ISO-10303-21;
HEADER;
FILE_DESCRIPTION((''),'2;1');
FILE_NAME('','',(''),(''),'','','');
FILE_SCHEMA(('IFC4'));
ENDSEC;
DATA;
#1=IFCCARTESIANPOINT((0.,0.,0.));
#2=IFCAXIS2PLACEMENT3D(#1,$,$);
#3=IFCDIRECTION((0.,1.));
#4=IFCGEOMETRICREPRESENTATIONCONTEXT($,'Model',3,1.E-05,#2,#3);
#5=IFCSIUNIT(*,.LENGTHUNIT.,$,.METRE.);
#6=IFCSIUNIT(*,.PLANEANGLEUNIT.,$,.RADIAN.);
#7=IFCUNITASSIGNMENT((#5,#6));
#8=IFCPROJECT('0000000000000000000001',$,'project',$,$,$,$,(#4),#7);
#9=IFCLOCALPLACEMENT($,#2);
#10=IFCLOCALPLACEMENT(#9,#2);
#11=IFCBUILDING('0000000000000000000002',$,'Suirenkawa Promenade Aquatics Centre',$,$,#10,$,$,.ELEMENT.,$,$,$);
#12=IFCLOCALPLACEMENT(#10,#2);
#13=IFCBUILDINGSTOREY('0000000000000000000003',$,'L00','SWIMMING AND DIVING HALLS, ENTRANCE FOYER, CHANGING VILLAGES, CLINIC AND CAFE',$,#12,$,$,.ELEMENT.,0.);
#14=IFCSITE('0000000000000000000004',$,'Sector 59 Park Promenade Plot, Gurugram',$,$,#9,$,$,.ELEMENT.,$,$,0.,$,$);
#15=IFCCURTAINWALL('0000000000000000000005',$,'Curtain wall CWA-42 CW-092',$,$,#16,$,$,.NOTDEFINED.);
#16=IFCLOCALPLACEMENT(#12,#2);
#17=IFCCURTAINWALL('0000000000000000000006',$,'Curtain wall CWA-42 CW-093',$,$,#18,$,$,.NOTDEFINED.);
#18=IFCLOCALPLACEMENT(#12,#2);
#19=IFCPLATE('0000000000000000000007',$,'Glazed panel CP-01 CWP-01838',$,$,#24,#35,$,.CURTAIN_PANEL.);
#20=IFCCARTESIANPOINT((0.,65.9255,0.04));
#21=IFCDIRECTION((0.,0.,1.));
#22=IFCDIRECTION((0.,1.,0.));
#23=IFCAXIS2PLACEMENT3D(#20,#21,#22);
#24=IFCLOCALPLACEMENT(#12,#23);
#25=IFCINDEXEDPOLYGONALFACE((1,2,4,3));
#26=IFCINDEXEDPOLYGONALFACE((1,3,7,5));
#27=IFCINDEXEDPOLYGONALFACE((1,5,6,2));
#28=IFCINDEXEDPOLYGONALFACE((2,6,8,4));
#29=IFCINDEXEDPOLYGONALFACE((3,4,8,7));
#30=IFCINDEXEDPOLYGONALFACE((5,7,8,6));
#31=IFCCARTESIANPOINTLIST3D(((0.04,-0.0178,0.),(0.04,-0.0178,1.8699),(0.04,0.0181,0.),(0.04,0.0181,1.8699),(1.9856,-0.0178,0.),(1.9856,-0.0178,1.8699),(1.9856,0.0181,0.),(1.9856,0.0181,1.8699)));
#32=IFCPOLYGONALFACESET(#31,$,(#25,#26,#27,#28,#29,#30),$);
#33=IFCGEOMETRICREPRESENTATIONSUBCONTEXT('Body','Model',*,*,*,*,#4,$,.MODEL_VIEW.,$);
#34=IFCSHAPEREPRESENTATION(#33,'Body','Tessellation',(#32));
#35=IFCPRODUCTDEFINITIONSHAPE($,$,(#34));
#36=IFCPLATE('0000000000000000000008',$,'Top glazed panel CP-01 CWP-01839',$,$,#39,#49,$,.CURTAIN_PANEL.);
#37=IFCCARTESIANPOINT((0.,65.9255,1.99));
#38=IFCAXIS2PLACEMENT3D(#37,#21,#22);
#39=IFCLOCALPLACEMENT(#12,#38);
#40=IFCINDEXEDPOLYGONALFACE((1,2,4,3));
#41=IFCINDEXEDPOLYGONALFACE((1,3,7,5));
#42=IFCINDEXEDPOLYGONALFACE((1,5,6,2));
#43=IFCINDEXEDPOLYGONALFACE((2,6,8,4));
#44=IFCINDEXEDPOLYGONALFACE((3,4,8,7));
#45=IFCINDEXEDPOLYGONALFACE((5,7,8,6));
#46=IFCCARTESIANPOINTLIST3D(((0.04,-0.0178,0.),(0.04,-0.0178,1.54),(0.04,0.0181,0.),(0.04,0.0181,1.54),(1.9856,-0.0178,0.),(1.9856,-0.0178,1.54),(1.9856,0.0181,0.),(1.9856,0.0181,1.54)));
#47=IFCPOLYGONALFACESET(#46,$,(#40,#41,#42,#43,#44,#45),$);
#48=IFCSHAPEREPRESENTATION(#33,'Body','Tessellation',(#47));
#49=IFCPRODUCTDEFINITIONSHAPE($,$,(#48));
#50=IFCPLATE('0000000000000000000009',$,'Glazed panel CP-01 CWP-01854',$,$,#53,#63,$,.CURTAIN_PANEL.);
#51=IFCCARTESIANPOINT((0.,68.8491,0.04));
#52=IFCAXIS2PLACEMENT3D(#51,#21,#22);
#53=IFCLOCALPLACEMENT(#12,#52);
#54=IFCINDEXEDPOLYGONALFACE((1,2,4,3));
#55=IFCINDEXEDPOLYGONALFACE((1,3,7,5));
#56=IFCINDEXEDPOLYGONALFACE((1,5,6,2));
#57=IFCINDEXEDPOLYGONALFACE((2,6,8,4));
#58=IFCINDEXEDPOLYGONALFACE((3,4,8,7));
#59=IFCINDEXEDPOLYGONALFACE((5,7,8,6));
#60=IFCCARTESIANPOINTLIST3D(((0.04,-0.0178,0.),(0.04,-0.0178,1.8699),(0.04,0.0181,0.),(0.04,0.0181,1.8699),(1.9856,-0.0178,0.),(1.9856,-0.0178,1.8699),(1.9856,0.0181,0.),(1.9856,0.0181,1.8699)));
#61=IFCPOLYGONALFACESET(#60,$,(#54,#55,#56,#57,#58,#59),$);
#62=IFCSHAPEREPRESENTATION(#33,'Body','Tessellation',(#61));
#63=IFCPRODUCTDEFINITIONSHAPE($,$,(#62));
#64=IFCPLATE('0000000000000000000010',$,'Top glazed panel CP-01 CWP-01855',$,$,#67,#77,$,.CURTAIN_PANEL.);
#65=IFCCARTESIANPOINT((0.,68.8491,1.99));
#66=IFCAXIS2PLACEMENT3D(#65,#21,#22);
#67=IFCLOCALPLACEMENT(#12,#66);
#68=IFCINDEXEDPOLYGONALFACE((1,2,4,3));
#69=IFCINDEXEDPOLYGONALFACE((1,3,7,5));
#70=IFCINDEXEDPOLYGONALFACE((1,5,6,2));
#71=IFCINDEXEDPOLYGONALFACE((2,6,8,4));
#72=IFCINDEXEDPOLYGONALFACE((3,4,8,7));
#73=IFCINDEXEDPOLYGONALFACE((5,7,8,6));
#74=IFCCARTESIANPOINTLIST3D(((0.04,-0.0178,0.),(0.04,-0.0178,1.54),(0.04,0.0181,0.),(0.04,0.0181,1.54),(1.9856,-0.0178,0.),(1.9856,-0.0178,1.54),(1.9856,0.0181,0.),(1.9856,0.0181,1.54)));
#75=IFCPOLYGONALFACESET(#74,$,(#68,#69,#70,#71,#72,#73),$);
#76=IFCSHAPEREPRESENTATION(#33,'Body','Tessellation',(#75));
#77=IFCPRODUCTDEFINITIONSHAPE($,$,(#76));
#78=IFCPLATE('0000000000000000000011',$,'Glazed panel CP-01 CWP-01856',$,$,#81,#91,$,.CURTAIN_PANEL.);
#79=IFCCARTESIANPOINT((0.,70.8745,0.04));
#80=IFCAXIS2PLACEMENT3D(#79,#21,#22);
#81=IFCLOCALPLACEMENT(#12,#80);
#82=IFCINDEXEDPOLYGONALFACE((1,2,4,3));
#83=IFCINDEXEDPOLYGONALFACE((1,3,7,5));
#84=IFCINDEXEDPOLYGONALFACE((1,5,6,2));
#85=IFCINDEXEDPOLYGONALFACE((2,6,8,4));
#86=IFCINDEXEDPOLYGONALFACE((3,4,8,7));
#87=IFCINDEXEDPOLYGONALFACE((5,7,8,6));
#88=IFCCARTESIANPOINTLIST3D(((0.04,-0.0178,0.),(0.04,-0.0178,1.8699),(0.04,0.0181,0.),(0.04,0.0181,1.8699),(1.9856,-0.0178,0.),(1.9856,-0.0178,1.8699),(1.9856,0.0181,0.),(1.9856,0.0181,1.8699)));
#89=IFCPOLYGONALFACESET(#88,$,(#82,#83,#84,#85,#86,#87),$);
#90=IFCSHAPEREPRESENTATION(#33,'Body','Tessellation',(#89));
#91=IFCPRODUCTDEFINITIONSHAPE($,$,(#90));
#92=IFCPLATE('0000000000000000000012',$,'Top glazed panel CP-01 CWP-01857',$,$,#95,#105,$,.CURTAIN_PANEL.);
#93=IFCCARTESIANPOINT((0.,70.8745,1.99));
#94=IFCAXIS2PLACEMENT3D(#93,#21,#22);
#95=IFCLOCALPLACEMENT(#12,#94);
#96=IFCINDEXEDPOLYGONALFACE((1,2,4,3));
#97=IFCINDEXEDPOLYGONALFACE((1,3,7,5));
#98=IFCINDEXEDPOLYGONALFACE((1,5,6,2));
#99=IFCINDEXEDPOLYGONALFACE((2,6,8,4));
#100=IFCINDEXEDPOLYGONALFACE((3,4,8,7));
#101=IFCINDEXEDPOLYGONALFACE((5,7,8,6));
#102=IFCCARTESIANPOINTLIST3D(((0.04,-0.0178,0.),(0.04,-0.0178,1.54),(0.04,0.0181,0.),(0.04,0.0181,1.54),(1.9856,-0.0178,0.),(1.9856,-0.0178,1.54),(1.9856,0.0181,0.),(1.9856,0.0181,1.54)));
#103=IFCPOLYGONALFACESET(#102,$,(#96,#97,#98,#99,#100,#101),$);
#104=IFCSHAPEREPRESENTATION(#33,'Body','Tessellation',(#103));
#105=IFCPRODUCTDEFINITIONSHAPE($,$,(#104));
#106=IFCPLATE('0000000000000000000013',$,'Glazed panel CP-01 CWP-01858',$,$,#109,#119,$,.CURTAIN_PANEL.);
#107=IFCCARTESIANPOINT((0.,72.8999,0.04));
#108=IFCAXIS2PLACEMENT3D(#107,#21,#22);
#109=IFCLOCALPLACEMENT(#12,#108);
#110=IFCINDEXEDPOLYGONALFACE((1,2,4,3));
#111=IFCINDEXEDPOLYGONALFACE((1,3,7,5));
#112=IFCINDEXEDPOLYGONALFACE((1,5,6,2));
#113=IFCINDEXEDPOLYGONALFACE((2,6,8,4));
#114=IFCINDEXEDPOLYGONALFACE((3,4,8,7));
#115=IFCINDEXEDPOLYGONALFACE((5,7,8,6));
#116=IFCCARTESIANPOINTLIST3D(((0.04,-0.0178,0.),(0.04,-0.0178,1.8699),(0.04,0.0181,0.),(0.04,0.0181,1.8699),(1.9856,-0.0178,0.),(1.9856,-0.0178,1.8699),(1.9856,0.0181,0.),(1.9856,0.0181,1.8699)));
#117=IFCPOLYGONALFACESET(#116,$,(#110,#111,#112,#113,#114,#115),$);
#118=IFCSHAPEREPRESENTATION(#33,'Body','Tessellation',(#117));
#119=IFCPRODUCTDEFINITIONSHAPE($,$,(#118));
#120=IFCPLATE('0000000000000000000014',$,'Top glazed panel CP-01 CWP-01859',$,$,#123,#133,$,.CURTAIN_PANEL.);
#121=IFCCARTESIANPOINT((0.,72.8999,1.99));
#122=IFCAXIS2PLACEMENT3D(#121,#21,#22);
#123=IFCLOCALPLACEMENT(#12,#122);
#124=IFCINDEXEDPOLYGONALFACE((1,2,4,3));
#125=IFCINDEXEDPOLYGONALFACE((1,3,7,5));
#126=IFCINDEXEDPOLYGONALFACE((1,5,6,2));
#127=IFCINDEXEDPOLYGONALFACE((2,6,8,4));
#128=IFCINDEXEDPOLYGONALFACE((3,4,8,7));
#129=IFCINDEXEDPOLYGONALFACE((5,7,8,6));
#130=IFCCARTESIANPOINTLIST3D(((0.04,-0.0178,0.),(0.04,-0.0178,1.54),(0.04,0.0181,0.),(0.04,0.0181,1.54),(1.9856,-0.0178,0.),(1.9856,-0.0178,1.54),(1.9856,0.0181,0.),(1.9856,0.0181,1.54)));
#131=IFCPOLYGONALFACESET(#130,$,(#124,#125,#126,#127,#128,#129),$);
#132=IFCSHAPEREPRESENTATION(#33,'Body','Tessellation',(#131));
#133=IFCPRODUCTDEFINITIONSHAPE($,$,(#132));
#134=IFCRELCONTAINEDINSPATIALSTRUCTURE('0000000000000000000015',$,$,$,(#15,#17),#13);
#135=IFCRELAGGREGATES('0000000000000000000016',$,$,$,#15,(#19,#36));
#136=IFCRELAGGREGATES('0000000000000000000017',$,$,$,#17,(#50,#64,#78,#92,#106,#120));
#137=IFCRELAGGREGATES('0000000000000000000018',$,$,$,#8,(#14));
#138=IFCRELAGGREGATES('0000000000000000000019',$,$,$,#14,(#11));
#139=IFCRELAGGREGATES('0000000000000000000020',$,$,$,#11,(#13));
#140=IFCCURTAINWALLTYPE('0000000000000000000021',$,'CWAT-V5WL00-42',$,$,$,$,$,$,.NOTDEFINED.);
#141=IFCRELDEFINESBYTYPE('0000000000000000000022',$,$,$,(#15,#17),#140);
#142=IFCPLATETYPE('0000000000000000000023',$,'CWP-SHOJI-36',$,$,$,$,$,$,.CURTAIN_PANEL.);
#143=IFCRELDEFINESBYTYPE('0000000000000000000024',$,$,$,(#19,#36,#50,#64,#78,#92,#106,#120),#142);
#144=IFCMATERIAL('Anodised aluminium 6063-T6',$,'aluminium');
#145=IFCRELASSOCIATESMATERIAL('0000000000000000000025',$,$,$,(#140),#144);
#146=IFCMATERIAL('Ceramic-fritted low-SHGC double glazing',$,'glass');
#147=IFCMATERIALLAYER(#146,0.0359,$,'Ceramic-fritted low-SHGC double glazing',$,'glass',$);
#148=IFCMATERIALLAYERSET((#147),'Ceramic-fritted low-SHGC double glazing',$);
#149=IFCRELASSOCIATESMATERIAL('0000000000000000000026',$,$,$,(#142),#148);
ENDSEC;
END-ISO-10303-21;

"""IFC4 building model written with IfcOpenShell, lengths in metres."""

from ifc_helpers import new_model, si_unit, direction, frame, origin, place, context, subcontext, project, spatial, polyline, outline, extrude, material, layer, layer_set, type_object, element, aggregate, save


model = new_model("IFC4")

# Units and contexts
model_context = context("Model", 3, precision=1e-05, world=origin(), true_north=direction((0.0, 1.0)))
body_context = subcontext(model_context, "Body", "Model", "MODEL_VIEW")
ifc_project = project(units=[si_unit("LENGTHUNIT", "METRE"), si_unit("PLANEANGLEUNIT", "RADIAN")], contexts=[model_context])

# Site, building, storey
site_placement = place(None, origin())
site = spatial("IfcSite", under=ifc_project, at=site_placement, Name="Sector 59 Park Promenade Plot, Gurugram", CompositionType="ELEMENT", RefElevation=0.0)
building_placement = place(site_placement, origin())
building = spatial("IfcBuilding", under=site, at=building_placement, Name="Suirenkawa Promenade Aquatics Centre", CompositionType="ELEMENT")
storey_placement = place(building_placement, origin())
storey = spatial("IfcBuildingStorey", under=building, at=storey_placement, Name="L00", Description="SWIMMING AND DIVING HALLS, ENTRANCE FOYER, CHANGING VILLAGES, CLINIC AND CAFE", CompositionType="ELEMENT", Elevation=0.0)

# Curtain walls
ifc_material_1 = material(Name="Anodised aluminium 6063-T6", Category="aluminium")
curtain_wall_type = type_object("IfcCurtainWallType", Name="CWAT-V5WL00-42", PredefinedType="NOTDEFINED", material=ifc_material_1)
curtain_wall_1_placement = place(storey_placement, origin())
curtain_wall_1 = element("IfcCurtainWall", 1, at=curtain_wall_1_placement, inside=storey, type_object=curtain_wall_type, Name="Curtain wall CWA-42 CW-092", PredefinedType="NOTDEFINED")
curtain_wall_2_placement = place(storey_placement, origin())
curtain_wall_2 = element("IfcCurtainWall", 2, at=curtain_wall_2_placement, inside=storey, type_object=curtain_wall_type, Name="Curtain wall CWA-42 CW-093", PredefinedType="NOTDEFINED")

# Plates
ifc_material_2 = material(Name="Ceramic-fritted low-SHGC double glazing", Category="glass")
ifc_layer_1 = layer(ifc_material_2, 0.0359, Name="Ceramic-fritted low-SHGC double glazing", Category="glass")
ifc_layer_set_1 = layer_set([ifc_layer_1], Name="Ceramic-fritted low-SHGC double glazing")
plate_type = type_object("IfcPlateType", Name="CWP-SHOJI-36", PredefinedType="CURTAIN_PANEL", material=ifc_layer_set_1)
plate_1_placement = place(storey_placement, frame((0.0, 65.9255, 0.04), z_axis=(0.0, 0.0, 1.0), x_axis=(0.0, 1.0, 0.0)))
plate_1 = element("IfcPlate", 3, at=plate_1_placement, type_object=plate_type, Name="Glazed panel CP-01 CWP-01838", PredefinedType="CURTAIN_PANEL", context=body_context, shape_type="SweptSolid", body=[
    extrude(outline(polyline([(0.04, 0.0), (1.9856, 0.0), (1.9856, 1.8699), (0.04, 1.8699), (0.04, 0.0)])), frame((0.0, 0.0181, 0.0), z_axis=(0.0, -1.0, 0.0), x_axis=(1.0, 0.0, 0.0)), (0.0, 0.0, 1.0), 0.0359),
])
plate_2_placement = place(storey_placement, frame((0.0, 65.9255, 1.99), z_axis=(0.0, 0.0, 1.0), x_axis=(0.0, 1.0, 0.0)))
plate_2 = element("IfcPlate", 4, at=plate_2_placement, type_object=plate_type, Name="Top glazed panel CP-01 CWP-01839", PredefinedType="CURTAIN_PANEL", context=body_context, shape_type="SweptSolid", body=[
    extrude(outline(polyline([(0.04, 0.0), (1.9856, 0.0), (1.9856, 1.54), (0.04, 1.54), (0.04, 0.0)])), frame((0.0, 0.0181, 0.0), z_axis=(0.0, -1.0, 0.0), x_axis=(1.0, 0.0, 0.0)), (0.0, 0.0, 1.0), 0.0359),
])
aggregate(curtain_wall_1, [plate_1, plate_2])
plate_3_placement = place(storey_placement, frame((0.0, 68.8491, 0.04), z_axis=(0.0, 0.0, 1.0), x_axis=(0.0, 1.0, 0.0)))
plate_3 = element("IfcPlate", 5, at=plate_3_placement, type_object=plate_type, Name="Glazed panel CP-01 CWP-01854", PredefinedType="CURTAIN_PANEL", context=body_context, shape_type="SweptSolid", body=[
    extrude(outline(polyline([(0.04, 0.0), (1.9856, 0.0), (1.9856, 1.8699), (0.04, 1.8699), (0.04, 0.0)])), frame((0.0, 0.0181, 0.0), z_axis=(0.0, -1.0, 0.0), x_axis=(1.0, 0.0, 0.0)), (0.0, 0.0, 1.0), 0.0359),
])
plate_4_placement = place(storey_placement, frame((0.0, 68.8491, 1.99), z_axis=(0.0, 0.0, 1.0), x_axis=(0.0, 1.0, 0.0)))
plate_4 = element("IfcPlate", 6, at=plate_4_placement, type_object=plate_type, Name="Top glazed panel CP-01 CWP-01855", PredefinedType="CURTAIN_PANEL", context=body_context, shape_type="SweptSolid", body=[
    extrude(outline(polyline([(0.04, 0.0), (1.9856, 0.0), (1.9856, 1.54), (0.04, 1.54), (0.04, 0.0)])), frame((0.0, 0.0181, 0.0), z_axis=(0.0, -1.0, 0.0), x_axis=(1.0, 0.0, 0.0)), (0.0, 0.0, 1.0), 0.0359),
])
plate_5_placement = place(storey_placement, frame((0.0, 70.8745, 0.04), z_axis=(0.0, 0.0, 1.0), x_axis=(0.0, 1.0, 0.0)))
plate_5 = element("IfcPlate", 7, at=plate_5_placement, type_object=plate_type, Name="Glazed panel CP-01 CWP-01856", PredefinedType="CURTAIN_PANEL", context=body_context, shape_type="SweptSolid", body=[
    extrude(outline(polyline([(0.04, 0.0), (1.9856, 0.0), (1.9856, 1.8699), (0.04, 1.8699), (0.04, 0.0)])), frame((0.0, 0.0181, 0.0), z_axis=(0.0, -1.0, 0.0), x_axis=(1.0, 0.0, 0.0)), (0.0, 0.0, 1.0), 0.0359),
])
plate_6_placement = place(storey_placement, frame((0.0, 70.8745, 1.99), z_axis=(0.0, 0.0, 1.0), x_axis=(0.0, 1.0, 0.0)))
plate_6 = element("IfcPlate", 8, at=plate_6_placement, type_object=plate_type, Name="Top glazed panel CP-01 CWP-01857", PredefinedType="CURTAIN_PANEL", context=body_context, shape_type="SweptSolid", body=[
    extrude(outline(polyline([(0.04, 0.0), (1.9856, 0.0), (1.9856, 1.54), (0.04, 1.54), (0.04, 0.0)])), frame((0.0, 0.0181, 0.0), z_axis=(0.0, -1.0, 0.0), x_axis=(1.0, 0.0, 0.0)), (0.0, 0.0, 1.0), 0.0359),
])
plate_7_placement = place(storey_placement, frame((0.0, 72.8999, 0.04), z_axis=(0.0, 0.0, 1.0), x_axis=(0.0, 1.0, 0.0)))
plate_7 = element("IfcPlate", 9, at=plate_7_placement, type_object=plate_type, Name="Glazed panel CP-01 CWP-01858", PredefinedType="CURTAIN_PANEL", context=body_context, shape_type="SweptSolid", body=[
    extrude(outline(polyline([(0.04, 0.0), (1.9856, 0.0), (1.9856, 1.8699), (0.04, 1.8699), (0.04, 0.0)])), frame((0.0, 0.0181, 0.0), z_axis=(0.0, -1.0, 0.0), x_axis=(1.0, 0.0, 0.0)), (0.0, 0.0, 1.0), 0.0359),
])
plate_8_placement = place(storey_placement, frame((0.0, 72.8999, 1.99), z_axis=(0.0, 0.0, 1.0), x_axis=(0.0, 1.0, 0.0)))
plate_8 = element("IfcPlate", 10, at=plate_8_placement, type_object=plate_type, Name="Top glazed panel CP-01 CWP-01859", PredefinedType="CURTAIN_PANEL", context=body_context, shape_type="SweptSolid", body=[
    extrude(outline(polyline([(0.04, 0.0), (1.9856, 0.0), (1.9856, 1.54), (0.04, 1.54), (0.04, 0.0)])), frame((0.0, 0.0181, 0.0), z_axis=(0.0, -1.0, 0.0), x_axis=(1.0, 0.0, 0.0)), (0.0, 0.0, 1.0), 0.0359),
])
aggregate(curtain_wall_2, [plate_3, plate_4, plate_5, plate_6, plate_7, plate_8])

save(model, "model.ifc")
